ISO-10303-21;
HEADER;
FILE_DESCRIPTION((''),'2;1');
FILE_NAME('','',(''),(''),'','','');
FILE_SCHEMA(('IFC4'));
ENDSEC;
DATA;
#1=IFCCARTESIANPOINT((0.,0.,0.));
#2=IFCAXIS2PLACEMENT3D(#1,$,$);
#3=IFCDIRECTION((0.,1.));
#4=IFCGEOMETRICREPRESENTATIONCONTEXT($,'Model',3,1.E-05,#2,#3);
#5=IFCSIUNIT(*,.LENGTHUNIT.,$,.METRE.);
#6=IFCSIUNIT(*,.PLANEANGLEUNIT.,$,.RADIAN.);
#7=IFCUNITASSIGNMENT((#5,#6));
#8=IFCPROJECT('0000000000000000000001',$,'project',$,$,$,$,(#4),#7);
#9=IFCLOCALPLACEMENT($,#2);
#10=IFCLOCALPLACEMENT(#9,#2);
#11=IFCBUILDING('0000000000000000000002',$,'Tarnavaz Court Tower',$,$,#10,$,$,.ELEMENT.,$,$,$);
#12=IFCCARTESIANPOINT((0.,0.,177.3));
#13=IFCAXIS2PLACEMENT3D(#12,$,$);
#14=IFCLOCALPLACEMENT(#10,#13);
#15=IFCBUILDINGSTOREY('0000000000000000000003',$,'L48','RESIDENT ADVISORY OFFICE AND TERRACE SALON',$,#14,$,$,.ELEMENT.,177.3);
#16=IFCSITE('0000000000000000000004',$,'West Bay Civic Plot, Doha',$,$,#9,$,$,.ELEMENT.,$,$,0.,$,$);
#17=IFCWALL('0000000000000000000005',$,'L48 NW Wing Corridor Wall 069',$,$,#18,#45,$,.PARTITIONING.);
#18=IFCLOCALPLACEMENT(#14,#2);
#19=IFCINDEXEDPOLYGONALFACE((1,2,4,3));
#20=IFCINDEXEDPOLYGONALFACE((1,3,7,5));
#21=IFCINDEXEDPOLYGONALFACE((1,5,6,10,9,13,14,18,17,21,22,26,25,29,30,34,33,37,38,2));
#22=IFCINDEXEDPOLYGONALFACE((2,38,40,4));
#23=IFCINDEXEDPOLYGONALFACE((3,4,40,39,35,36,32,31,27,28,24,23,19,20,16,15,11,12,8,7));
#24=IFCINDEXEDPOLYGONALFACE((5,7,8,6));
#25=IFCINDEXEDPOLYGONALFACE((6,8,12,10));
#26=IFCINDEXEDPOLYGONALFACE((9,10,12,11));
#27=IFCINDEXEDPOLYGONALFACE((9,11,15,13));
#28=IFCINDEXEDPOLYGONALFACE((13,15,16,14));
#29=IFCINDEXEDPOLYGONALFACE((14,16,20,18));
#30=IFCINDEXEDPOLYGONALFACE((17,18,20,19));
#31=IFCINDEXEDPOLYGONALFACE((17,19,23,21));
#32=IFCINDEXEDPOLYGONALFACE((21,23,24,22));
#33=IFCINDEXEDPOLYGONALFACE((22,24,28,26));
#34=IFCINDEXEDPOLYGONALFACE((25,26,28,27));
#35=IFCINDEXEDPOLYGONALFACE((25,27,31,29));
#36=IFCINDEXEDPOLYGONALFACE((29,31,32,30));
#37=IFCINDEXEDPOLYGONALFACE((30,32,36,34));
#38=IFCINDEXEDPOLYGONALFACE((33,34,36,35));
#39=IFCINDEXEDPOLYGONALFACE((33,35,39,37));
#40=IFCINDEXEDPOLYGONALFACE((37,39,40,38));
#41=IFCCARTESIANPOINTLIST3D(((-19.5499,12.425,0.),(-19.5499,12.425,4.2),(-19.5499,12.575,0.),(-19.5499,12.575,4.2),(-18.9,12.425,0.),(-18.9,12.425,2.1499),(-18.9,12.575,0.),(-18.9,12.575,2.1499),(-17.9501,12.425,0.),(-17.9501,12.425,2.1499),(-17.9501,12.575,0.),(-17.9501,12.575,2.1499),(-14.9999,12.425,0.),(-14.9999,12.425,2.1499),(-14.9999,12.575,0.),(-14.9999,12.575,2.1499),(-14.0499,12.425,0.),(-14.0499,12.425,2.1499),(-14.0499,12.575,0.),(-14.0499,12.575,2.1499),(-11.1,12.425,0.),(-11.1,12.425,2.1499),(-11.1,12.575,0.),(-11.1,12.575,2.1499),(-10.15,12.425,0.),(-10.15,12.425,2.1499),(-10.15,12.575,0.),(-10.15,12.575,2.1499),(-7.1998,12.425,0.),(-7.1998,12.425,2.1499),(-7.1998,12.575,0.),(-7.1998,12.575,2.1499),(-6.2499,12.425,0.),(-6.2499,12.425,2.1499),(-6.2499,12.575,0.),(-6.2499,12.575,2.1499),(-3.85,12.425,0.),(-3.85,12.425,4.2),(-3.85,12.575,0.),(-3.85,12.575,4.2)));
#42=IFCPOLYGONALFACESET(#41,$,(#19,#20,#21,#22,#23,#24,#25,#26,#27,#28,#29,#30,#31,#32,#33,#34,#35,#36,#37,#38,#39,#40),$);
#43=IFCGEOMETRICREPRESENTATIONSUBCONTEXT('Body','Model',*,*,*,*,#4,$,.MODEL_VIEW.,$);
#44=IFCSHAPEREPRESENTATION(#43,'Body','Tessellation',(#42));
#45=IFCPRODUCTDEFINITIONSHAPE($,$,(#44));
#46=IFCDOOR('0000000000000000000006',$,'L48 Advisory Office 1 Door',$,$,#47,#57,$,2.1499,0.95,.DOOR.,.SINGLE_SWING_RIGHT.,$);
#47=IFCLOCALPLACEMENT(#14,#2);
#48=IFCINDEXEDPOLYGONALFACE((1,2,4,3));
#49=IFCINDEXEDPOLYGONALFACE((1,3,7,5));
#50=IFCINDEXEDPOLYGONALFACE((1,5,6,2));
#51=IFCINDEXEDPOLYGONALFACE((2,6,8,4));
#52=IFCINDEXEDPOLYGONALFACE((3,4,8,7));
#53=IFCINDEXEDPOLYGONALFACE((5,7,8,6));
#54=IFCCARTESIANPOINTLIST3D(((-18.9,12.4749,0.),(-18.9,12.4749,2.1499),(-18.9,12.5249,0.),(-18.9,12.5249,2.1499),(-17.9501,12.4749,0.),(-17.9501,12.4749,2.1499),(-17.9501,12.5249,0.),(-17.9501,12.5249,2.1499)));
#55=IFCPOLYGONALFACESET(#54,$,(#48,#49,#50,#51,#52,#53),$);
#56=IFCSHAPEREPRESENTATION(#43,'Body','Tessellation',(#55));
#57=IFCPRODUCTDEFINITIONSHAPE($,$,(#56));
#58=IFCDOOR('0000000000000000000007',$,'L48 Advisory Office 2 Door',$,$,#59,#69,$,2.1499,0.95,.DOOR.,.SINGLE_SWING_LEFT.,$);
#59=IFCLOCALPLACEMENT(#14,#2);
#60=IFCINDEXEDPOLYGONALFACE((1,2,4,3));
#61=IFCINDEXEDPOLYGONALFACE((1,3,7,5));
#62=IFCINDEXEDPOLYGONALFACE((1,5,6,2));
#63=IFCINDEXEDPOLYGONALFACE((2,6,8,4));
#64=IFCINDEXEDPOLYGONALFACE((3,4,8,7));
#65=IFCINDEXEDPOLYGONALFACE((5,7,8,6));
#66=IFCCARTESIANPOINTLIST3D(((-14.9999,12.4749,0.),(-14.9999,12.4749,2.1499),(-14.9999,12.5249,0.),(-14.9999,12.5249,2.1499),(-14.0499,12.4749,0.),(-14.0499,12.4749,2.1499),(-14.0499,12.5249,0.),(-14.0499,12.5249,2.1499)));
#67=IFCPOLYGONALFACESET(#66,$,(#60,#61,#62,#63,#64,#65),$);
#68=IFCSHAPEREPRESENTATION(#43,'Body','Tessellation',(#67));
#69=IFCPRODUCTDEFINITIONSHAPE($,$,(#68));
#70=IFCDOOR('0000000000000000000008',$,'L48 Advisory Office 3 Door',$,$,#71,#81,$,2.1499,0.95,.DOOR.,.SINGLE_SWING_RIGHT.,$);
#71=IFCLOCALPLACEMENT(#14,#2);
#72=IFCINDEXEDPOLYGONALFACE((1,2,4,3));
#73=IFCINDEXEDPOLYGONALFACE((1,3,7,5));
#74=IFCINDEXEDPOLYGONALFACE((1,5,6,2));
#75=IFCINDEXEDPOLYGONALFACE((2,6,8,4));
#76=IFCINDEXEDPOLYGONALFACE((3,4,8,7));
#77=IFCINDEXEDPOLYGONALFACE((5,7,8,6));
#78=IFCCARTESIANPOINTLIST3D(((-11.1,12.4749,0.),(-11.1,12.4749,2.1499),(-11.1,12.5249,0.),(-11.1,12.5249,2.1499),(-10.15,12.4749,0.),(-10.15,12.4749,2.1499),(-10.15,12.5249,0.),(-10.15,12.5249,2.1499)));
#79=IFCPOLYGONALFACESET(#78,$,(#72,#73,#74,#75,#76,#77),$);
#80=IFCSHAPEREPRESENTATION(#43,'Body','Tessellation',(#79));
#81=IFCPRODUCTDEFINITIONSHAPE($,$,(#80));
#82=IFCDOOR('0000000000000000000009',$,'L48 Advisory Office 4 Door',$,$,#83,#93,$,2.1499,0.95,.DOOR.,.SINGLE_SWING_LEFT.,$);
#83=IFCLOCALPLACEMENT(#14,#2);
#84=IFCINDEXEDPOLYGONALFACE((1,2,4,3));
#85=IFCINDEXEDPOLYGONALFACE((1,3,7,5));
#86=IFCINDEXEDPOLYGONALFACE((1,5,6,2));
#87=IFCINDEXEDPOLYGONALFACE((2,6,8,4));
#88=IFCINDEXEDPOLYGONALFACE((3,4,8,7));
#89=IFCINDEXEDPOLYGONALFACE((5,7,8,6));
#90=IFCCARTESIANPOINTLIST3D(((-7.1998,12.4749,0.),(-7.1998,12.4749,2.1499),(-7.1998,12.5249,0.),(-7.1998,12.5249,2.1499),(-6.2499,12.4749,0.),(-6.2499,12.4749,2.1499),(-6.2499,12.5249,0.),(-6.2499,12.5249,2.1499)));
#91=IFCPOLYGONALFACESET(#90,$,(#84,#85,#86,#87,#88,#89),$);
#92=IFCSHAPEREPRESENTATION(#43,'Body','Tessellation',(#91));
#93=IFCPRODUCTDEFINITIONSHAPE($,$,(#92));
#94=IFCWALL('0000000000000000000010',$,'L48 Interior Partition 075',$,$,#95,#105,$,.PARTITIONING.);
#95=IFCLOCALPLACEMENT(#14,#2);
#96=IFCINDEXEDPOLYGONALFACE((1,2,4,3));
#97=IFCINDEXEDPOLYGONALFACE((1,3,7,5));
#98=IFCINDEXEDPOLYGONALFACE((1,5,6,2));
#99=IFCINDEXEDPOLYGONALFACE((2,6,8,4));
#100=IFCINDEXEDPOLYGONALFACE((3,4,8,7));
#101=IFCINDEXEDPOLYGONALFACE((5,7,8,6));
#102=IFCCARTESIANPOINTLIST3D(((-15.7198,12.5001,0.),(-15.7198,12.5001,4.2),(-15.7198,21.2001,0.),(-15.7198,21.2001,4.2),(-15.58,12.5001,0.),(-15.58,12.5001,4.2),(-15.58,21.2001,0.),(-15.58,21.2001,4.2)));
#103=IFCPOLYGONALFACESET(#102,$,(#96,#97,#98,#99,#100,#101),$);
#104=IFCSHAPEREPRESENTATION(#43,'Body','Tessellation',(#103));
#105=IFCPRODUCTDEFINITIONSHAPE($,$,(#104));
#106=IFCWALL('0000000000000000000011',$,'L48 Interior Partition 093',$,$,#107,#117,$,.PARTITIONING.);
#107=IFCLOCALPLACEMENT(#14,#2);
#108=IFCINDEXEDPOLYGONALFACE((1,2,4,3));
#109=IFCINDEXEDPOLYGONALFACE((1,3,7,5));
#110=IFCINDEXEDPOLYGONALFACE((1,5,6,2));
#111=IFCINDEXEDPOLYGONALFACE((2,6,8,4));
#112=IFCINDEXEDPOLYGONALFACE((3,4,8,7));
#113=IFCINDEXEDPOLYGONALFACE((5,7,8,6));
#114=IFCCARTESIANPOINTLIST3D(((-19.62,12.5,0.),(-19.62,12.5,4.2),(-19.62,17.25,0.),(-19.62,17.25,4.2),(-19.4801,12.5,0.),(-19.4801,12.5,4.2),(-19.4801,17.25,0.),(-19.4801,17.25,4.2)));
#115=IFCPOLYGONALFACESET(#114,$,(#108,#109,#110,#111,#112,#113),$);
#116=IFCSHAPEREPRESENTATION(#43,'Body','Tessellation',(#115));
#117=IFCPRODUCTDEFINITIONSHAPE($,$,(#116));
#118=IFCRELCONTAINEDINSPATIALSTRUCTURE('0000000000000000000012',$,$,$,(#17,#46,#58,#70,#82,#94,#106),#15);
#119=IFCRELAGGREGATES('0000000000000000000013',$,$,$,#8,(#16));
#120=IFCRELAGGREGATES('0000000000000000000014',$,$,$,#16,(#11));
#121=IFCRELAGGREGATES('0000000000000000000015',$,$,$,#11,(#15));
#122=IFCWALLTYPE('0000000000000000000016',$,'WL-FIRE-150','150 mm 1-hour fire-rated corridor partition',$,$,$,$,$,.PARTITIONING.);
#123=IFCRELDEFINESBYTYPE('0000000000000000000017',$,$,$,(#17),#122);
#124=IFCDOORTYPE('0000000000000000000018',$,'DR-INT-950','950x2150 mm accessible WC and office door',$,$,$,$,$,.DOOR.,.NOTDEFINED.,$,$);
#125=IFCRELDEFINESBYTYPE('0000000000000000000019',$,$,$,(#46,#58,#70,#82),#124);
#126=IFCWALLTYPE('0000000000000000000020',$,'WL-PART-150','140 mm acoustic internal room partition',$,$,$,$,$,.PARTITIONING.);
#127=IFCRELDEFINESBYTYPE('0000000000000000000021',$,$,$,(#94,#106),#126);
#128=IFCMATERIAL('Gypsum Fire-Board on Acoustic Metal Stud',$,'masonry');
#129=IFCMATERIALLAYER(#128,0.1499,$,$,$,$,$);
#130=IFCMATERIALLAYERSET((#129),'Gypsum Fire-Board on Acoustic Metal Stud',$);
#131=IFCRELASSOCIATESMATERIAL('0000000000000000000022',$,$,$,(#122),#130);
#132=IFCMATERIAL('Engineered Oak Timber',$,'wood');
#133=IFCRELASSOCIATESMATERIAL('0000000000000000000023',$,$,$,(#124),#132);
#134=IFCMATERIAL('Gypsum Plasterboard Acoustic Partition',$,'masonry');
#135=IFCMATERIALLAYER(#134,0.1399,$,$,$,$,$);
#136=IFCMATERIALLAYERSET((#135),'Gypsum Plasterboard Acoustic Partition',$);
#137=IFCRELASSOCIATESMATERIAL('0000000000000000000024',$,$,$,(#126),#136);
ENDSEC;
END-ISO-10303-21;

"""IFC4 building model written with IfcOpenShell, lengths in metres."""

from ifc_helpers import new_model, si_unit, direction, frame, frame_2d, origin, place, context, subcontext, project, spatial, rectangle, extrude, material, layer, layer_set, type_object, element, fill, save


model = new_model("IFC4")

# Units and contexts
model_context = context("Model", 3, precision=1e-05, world=origin(), true_north=direction((0.0, 1.0)))
body_context = subcontext(model_context, "Body", "Model", "MODEL_VIEW")
ifc_project = project(units=[si_unit("LENGTHUNIT", "METRE"), si_unit("PLANEANGLEUNIT", "RADIAN")], contexts=[model_context])

# Site, building, storey
site_placement = place(None, origin())
site = spatial("IfcSite", under=ifc_project, at=site_placement, Name="West Bay Civic Plot, Doha", CompositionType="ELEMENT", RefElevation=0.0)
building_placement = place(site_placement, origin())
building = spatial("IfcBuilding", under=site, at=building_placement, Name="Tarnavaz Court Tower", CompositionType="ELEMENT")
storey_placement = place(building_placement, frame((0.0, 0.0, 177.3)))
storey = spatial("IfcBuildingStorey", under=building, at=storey_placement, Name="L48", Description="RESIDENT ADVISORY OFFICE AND TERRACE SALON", CompositionType="ELEMENT", Elevation=177.3)

# Wall, openings, doors
ifc_material_1 = material(Name="Gypsum Fire-Board on Acoustic Metal Stud", Category="masonry")
ifc_layer_1 = layer(ifc_material_1, 0.1499)
ifc_layer_set_1 = layer_set([ifc_layer_1], Name="Gypsum Fire-Board on Acoustic Metal Stud")
wall_type_1 = type_object("IfcWallType", Name="WL-FIRE-150", Description="150 mm 1-hour fire-rated corridor partition", PredefinedType="PARTITIONING", material=ifc_layer_set_1)
wall_1_placement = place(storey_placement, frame((-19.55, 12.5, 0.0), z_axis=(0.0, 0.0, 1.0), x_axis=(1.0, 0.0, 0.0)))
wall_1 = element("IfcWall", 1, at=wall_1_placement, inside=storey, type_object=wall_type_1, Name="L48 NW Wing Corridor Wall 069", PredefinedType="PARTITIONING", context=body_context, shape_type="SweptSolid", body=[
    extrude(rectangle(XDim=15.7, YDim=0.1499, at=frame_2d((7.8501, 0.0))), origin(), (0.0, 0.0, 1.0), 4.2),
])
opening_1_placement = place(wall_1_placement, frame((0.6499, 0.0, 0.0)))
opening_1 = element("IfcOpeningElement", 2, at=opening_1_placement, cuts=wall_1, PredefinedType="OPENING", context=body_context, shape_type="SweptSolid", body=[
    extrude(rectangle(XDim=0.95, YDim=2.1499, at=frame_2d((0.4751, 1.075))), frame((0.0, 0.085, 0.0), z_axis=(0.0, -1.0, 0.0), x_axis=(1.0, 0.0, 0.0)), (0.0, 0.0, 1.0), 0.1699),
])
opening_2_placement = place(wall_1_placement, frame((4.55, 0.0, 0.0)))
opening_2 = element("IfcOpeningElement", 3, at=opening_2_placement, cuts=wall_1, PredefinedType="OPENING", context=body_context, shape_type="SweptSolid", body=[
    extrude(rectangle(XDim=0.95, YDim=2.1499, at=frame_2d((0.4751, 1.075))), frame((0.0, 0.085, 0.0), z_axis=(0.0, -1.0, 0.0), x_axis=(1.0, 0.0, 0.0)), (0.0, 0.0, 1.0), 0.1699),
])
opening_3_placement = place(wall_1_placement, frame((8.45, 0.0, 0.0)))
opening_3 = element("IfcOpeningElement", 4, at=opening_3_placement, cuts=wall_1, PredefinedType="OPENING", context=body_context, shape_type="SweptSolid", body=[
    extrude(rectangle(XDim=0.95, YDim=2.1499, at=frame_2d((0.4751, 1.075))), frame((0.0, 0.085, 0.0), z_axis=(0.0, -1.0, 0.0), x_axis=(1.0, 0.0, 0.0)), (0.0, 0.0, 1.0), 0.1699),
])
opening_4_placement = place(wall_1_placement, frame((12.3501, 0.0, 0.0)))
opening_4 = element("IfcOpeningElement", 5, at=opening_4_placement, cuts=wall_1, PredefinedType="OPENING", context=body_context, shape_type="SweptSolid", body=[
    extrude(rectangle(XDim=0.95, YDim=2.1499, at=frame_2d((0.4751, 1.075))), frame((0.0, 0.085, 0.0), z_axis=(0.0, -1.0, 0.0), x_axis=(1.0, 0.0, 0.0)), (0.0, 0.0, 1.0), 0.1699),
])
ifc_material_2 = material(Name="Engineered Oak Timber", Category="wood")
door_type_1 = type_object("IfcDoorType", Name="DR-INT-950", Description="950x2150 mm accessible WC and office door", OperationType="NOTDEFINED", PredefinedType="DOOR", material=ifc_material_2)
door_1_placement = place(opening_1_placement, origin())
door_1 = element("IfcDoor", 6, at=door_1_placement, inside=storey, type_object=door_type_1, Name="L48 Advisory Office 1 Door", OperationType="SINGLE_SWING_RIGHT", OverallHeight=2.1499, OverallWidth=0.95, PredefinedType="DOOR", context=body_context, shape_type="SweptSolid", body=[
    extrude(rectangle(XDim=0.95, YDim=2.1499, at=frame_2d((0.4751, 1.075))), frame((0.0, 0.0249, 0.0), z_axis=(0.0, -1.0, 0.0), x_axis=(1.0, 0.0, 0.0)), (0.0, 0.0, 1.0), 0.05),
])
fill(opening_1, door_1)
door_2_placement = place(opening_2_placement, origin())
door_2 = element("IfcDoor", 7, at=door_2_placement, inside=storey, type_object=door_type_1, Name="L48 Advisory Office 2 Door", OperationType="SINGLE_SWING_LEFT", OverallHeight=2.1499, OverallWidth=0.95, PredefinedType="DOOR", context=body_context, shape_type="SweptSolid", body=[
    extrude(rectangle(XDim=0.95, YDim=2.1499, at=frame_2d((0.4751, 1.075))), frame((0.0, 0.0249, 0.0), z_axis=(0.0, -1.0, 0.0), x_axis=(1.0, 0.0, 0.0)), (0.0, 0.0, 1.0), 0.05),
])
fill(opening_2, door_2)
door_3_placement = place(opening_3_placement, origin())
door_3 = element("IfcDoor", 8, at=door_3_placement, inside=storey, type_object=door_type_1, Name="L48 Advisory Office 3 Door", OperationType="SINGLE_SWING_RIGHT", OverallHeight=2.1499, OverallWidth=0.95, PredefinedType="DOOR", context=body_context, shape_type="SweptSolid", body=[
    extrude(rectangle(XDim=0.95, YDim=2.1499, at=frame_2d((0.4751, 1.075))), frame((0.0, 0.0249, 0.0), z_axis=(0.0, -1.0, 0.0), x_axis=(1.0, 0.0, 0.0)), (0.0, 0.0, 1.0), 0.05),
])
fill(opening_3, door_3)
door_4_placement = place(opening_4_placement, origin())
door_4 = element("IfcDoor", 9, at=door_4_placement, inside=storey, type_object=door_type_1, Name="L48 Advisory Office 4 Door", OperationType="SINGLE_SWING_LEFT", OverallHeight=2.1499, OverallWidth=0.95, PredefinedType="DOOR", context=body_context, shape_type="SweptSolid", body=[
    extrude(rectangle(XDim=0.95, YDim=2.1499, at=frame_2d((0.4751, 1.075))), frame((0.0, 0.0249, 0.0), z_axis=(0.0, -1.0, 0.0), x_axis=(1.0, 0.0, 0.0)), (0.0, 0.0, 1.0), 0.05),
])
fill(opening_4, door_4)

# Walls
ifc_material_3 = material(Name="Gypsum Plasterboard Acoustic Partition", Category="masonry")
ifc_layer_2 = layer(ifc_material_3, 0.1399)
ifc_layer_set_2 = layer_set([ifc_layer_2], Name="Gypsum Plasterboard Acoustic Partition")
wall_type_2 = type_object("IfcWallType", Name="WL-PART-150", Description="140 mm acoustic internal room partition", PredefinedType="PARTITIONING", material=ifc_layer_set_2)
wall_2_placement = place(storey_placement, frame((-15.6499, 12.5, 0.0), z_axis=(0.0, 0.0, 1.0), x_axis=(0.0, 1.0, 0.0)))
element("IfcWall", 10, at=wall_2_placement, inside=storey, type_object=wall_type_2, Name="L48 Interior Partition 075", PredefinedType="PARTITIONING", context=body_context, shape_type="SweptSolid", body=[
    extrude(rectangle(XDim=8.7, YDim=0.1399, at=frame_2d((4.3501, 0.0))), origin(), (0.0, 0.0, 1.0), 4.2),
])
wall_3_placement = place(storey_placement, frame((-19.55, 12.5, 0.0), z_axis=(0.0, 0.0, 1.0), x_axis=(0.0, 1.0, 0.0)))
element("IfcWall", 11, at=wall_3_placement, inside=storey, type_object=wall_type_2, Name="L48 Interior Partition 093", PredefinedType="PARTITIONING", context=body_context, shape_type="SweptSolid", body=[
    extrude(rectangle(XDim=4.75, YDim=0.1399, at=frame_2d((2.375, 0.0))), origin(), (0.0, 0.0, 1.0), 4.2),
])

save(model, "model.ifc")
